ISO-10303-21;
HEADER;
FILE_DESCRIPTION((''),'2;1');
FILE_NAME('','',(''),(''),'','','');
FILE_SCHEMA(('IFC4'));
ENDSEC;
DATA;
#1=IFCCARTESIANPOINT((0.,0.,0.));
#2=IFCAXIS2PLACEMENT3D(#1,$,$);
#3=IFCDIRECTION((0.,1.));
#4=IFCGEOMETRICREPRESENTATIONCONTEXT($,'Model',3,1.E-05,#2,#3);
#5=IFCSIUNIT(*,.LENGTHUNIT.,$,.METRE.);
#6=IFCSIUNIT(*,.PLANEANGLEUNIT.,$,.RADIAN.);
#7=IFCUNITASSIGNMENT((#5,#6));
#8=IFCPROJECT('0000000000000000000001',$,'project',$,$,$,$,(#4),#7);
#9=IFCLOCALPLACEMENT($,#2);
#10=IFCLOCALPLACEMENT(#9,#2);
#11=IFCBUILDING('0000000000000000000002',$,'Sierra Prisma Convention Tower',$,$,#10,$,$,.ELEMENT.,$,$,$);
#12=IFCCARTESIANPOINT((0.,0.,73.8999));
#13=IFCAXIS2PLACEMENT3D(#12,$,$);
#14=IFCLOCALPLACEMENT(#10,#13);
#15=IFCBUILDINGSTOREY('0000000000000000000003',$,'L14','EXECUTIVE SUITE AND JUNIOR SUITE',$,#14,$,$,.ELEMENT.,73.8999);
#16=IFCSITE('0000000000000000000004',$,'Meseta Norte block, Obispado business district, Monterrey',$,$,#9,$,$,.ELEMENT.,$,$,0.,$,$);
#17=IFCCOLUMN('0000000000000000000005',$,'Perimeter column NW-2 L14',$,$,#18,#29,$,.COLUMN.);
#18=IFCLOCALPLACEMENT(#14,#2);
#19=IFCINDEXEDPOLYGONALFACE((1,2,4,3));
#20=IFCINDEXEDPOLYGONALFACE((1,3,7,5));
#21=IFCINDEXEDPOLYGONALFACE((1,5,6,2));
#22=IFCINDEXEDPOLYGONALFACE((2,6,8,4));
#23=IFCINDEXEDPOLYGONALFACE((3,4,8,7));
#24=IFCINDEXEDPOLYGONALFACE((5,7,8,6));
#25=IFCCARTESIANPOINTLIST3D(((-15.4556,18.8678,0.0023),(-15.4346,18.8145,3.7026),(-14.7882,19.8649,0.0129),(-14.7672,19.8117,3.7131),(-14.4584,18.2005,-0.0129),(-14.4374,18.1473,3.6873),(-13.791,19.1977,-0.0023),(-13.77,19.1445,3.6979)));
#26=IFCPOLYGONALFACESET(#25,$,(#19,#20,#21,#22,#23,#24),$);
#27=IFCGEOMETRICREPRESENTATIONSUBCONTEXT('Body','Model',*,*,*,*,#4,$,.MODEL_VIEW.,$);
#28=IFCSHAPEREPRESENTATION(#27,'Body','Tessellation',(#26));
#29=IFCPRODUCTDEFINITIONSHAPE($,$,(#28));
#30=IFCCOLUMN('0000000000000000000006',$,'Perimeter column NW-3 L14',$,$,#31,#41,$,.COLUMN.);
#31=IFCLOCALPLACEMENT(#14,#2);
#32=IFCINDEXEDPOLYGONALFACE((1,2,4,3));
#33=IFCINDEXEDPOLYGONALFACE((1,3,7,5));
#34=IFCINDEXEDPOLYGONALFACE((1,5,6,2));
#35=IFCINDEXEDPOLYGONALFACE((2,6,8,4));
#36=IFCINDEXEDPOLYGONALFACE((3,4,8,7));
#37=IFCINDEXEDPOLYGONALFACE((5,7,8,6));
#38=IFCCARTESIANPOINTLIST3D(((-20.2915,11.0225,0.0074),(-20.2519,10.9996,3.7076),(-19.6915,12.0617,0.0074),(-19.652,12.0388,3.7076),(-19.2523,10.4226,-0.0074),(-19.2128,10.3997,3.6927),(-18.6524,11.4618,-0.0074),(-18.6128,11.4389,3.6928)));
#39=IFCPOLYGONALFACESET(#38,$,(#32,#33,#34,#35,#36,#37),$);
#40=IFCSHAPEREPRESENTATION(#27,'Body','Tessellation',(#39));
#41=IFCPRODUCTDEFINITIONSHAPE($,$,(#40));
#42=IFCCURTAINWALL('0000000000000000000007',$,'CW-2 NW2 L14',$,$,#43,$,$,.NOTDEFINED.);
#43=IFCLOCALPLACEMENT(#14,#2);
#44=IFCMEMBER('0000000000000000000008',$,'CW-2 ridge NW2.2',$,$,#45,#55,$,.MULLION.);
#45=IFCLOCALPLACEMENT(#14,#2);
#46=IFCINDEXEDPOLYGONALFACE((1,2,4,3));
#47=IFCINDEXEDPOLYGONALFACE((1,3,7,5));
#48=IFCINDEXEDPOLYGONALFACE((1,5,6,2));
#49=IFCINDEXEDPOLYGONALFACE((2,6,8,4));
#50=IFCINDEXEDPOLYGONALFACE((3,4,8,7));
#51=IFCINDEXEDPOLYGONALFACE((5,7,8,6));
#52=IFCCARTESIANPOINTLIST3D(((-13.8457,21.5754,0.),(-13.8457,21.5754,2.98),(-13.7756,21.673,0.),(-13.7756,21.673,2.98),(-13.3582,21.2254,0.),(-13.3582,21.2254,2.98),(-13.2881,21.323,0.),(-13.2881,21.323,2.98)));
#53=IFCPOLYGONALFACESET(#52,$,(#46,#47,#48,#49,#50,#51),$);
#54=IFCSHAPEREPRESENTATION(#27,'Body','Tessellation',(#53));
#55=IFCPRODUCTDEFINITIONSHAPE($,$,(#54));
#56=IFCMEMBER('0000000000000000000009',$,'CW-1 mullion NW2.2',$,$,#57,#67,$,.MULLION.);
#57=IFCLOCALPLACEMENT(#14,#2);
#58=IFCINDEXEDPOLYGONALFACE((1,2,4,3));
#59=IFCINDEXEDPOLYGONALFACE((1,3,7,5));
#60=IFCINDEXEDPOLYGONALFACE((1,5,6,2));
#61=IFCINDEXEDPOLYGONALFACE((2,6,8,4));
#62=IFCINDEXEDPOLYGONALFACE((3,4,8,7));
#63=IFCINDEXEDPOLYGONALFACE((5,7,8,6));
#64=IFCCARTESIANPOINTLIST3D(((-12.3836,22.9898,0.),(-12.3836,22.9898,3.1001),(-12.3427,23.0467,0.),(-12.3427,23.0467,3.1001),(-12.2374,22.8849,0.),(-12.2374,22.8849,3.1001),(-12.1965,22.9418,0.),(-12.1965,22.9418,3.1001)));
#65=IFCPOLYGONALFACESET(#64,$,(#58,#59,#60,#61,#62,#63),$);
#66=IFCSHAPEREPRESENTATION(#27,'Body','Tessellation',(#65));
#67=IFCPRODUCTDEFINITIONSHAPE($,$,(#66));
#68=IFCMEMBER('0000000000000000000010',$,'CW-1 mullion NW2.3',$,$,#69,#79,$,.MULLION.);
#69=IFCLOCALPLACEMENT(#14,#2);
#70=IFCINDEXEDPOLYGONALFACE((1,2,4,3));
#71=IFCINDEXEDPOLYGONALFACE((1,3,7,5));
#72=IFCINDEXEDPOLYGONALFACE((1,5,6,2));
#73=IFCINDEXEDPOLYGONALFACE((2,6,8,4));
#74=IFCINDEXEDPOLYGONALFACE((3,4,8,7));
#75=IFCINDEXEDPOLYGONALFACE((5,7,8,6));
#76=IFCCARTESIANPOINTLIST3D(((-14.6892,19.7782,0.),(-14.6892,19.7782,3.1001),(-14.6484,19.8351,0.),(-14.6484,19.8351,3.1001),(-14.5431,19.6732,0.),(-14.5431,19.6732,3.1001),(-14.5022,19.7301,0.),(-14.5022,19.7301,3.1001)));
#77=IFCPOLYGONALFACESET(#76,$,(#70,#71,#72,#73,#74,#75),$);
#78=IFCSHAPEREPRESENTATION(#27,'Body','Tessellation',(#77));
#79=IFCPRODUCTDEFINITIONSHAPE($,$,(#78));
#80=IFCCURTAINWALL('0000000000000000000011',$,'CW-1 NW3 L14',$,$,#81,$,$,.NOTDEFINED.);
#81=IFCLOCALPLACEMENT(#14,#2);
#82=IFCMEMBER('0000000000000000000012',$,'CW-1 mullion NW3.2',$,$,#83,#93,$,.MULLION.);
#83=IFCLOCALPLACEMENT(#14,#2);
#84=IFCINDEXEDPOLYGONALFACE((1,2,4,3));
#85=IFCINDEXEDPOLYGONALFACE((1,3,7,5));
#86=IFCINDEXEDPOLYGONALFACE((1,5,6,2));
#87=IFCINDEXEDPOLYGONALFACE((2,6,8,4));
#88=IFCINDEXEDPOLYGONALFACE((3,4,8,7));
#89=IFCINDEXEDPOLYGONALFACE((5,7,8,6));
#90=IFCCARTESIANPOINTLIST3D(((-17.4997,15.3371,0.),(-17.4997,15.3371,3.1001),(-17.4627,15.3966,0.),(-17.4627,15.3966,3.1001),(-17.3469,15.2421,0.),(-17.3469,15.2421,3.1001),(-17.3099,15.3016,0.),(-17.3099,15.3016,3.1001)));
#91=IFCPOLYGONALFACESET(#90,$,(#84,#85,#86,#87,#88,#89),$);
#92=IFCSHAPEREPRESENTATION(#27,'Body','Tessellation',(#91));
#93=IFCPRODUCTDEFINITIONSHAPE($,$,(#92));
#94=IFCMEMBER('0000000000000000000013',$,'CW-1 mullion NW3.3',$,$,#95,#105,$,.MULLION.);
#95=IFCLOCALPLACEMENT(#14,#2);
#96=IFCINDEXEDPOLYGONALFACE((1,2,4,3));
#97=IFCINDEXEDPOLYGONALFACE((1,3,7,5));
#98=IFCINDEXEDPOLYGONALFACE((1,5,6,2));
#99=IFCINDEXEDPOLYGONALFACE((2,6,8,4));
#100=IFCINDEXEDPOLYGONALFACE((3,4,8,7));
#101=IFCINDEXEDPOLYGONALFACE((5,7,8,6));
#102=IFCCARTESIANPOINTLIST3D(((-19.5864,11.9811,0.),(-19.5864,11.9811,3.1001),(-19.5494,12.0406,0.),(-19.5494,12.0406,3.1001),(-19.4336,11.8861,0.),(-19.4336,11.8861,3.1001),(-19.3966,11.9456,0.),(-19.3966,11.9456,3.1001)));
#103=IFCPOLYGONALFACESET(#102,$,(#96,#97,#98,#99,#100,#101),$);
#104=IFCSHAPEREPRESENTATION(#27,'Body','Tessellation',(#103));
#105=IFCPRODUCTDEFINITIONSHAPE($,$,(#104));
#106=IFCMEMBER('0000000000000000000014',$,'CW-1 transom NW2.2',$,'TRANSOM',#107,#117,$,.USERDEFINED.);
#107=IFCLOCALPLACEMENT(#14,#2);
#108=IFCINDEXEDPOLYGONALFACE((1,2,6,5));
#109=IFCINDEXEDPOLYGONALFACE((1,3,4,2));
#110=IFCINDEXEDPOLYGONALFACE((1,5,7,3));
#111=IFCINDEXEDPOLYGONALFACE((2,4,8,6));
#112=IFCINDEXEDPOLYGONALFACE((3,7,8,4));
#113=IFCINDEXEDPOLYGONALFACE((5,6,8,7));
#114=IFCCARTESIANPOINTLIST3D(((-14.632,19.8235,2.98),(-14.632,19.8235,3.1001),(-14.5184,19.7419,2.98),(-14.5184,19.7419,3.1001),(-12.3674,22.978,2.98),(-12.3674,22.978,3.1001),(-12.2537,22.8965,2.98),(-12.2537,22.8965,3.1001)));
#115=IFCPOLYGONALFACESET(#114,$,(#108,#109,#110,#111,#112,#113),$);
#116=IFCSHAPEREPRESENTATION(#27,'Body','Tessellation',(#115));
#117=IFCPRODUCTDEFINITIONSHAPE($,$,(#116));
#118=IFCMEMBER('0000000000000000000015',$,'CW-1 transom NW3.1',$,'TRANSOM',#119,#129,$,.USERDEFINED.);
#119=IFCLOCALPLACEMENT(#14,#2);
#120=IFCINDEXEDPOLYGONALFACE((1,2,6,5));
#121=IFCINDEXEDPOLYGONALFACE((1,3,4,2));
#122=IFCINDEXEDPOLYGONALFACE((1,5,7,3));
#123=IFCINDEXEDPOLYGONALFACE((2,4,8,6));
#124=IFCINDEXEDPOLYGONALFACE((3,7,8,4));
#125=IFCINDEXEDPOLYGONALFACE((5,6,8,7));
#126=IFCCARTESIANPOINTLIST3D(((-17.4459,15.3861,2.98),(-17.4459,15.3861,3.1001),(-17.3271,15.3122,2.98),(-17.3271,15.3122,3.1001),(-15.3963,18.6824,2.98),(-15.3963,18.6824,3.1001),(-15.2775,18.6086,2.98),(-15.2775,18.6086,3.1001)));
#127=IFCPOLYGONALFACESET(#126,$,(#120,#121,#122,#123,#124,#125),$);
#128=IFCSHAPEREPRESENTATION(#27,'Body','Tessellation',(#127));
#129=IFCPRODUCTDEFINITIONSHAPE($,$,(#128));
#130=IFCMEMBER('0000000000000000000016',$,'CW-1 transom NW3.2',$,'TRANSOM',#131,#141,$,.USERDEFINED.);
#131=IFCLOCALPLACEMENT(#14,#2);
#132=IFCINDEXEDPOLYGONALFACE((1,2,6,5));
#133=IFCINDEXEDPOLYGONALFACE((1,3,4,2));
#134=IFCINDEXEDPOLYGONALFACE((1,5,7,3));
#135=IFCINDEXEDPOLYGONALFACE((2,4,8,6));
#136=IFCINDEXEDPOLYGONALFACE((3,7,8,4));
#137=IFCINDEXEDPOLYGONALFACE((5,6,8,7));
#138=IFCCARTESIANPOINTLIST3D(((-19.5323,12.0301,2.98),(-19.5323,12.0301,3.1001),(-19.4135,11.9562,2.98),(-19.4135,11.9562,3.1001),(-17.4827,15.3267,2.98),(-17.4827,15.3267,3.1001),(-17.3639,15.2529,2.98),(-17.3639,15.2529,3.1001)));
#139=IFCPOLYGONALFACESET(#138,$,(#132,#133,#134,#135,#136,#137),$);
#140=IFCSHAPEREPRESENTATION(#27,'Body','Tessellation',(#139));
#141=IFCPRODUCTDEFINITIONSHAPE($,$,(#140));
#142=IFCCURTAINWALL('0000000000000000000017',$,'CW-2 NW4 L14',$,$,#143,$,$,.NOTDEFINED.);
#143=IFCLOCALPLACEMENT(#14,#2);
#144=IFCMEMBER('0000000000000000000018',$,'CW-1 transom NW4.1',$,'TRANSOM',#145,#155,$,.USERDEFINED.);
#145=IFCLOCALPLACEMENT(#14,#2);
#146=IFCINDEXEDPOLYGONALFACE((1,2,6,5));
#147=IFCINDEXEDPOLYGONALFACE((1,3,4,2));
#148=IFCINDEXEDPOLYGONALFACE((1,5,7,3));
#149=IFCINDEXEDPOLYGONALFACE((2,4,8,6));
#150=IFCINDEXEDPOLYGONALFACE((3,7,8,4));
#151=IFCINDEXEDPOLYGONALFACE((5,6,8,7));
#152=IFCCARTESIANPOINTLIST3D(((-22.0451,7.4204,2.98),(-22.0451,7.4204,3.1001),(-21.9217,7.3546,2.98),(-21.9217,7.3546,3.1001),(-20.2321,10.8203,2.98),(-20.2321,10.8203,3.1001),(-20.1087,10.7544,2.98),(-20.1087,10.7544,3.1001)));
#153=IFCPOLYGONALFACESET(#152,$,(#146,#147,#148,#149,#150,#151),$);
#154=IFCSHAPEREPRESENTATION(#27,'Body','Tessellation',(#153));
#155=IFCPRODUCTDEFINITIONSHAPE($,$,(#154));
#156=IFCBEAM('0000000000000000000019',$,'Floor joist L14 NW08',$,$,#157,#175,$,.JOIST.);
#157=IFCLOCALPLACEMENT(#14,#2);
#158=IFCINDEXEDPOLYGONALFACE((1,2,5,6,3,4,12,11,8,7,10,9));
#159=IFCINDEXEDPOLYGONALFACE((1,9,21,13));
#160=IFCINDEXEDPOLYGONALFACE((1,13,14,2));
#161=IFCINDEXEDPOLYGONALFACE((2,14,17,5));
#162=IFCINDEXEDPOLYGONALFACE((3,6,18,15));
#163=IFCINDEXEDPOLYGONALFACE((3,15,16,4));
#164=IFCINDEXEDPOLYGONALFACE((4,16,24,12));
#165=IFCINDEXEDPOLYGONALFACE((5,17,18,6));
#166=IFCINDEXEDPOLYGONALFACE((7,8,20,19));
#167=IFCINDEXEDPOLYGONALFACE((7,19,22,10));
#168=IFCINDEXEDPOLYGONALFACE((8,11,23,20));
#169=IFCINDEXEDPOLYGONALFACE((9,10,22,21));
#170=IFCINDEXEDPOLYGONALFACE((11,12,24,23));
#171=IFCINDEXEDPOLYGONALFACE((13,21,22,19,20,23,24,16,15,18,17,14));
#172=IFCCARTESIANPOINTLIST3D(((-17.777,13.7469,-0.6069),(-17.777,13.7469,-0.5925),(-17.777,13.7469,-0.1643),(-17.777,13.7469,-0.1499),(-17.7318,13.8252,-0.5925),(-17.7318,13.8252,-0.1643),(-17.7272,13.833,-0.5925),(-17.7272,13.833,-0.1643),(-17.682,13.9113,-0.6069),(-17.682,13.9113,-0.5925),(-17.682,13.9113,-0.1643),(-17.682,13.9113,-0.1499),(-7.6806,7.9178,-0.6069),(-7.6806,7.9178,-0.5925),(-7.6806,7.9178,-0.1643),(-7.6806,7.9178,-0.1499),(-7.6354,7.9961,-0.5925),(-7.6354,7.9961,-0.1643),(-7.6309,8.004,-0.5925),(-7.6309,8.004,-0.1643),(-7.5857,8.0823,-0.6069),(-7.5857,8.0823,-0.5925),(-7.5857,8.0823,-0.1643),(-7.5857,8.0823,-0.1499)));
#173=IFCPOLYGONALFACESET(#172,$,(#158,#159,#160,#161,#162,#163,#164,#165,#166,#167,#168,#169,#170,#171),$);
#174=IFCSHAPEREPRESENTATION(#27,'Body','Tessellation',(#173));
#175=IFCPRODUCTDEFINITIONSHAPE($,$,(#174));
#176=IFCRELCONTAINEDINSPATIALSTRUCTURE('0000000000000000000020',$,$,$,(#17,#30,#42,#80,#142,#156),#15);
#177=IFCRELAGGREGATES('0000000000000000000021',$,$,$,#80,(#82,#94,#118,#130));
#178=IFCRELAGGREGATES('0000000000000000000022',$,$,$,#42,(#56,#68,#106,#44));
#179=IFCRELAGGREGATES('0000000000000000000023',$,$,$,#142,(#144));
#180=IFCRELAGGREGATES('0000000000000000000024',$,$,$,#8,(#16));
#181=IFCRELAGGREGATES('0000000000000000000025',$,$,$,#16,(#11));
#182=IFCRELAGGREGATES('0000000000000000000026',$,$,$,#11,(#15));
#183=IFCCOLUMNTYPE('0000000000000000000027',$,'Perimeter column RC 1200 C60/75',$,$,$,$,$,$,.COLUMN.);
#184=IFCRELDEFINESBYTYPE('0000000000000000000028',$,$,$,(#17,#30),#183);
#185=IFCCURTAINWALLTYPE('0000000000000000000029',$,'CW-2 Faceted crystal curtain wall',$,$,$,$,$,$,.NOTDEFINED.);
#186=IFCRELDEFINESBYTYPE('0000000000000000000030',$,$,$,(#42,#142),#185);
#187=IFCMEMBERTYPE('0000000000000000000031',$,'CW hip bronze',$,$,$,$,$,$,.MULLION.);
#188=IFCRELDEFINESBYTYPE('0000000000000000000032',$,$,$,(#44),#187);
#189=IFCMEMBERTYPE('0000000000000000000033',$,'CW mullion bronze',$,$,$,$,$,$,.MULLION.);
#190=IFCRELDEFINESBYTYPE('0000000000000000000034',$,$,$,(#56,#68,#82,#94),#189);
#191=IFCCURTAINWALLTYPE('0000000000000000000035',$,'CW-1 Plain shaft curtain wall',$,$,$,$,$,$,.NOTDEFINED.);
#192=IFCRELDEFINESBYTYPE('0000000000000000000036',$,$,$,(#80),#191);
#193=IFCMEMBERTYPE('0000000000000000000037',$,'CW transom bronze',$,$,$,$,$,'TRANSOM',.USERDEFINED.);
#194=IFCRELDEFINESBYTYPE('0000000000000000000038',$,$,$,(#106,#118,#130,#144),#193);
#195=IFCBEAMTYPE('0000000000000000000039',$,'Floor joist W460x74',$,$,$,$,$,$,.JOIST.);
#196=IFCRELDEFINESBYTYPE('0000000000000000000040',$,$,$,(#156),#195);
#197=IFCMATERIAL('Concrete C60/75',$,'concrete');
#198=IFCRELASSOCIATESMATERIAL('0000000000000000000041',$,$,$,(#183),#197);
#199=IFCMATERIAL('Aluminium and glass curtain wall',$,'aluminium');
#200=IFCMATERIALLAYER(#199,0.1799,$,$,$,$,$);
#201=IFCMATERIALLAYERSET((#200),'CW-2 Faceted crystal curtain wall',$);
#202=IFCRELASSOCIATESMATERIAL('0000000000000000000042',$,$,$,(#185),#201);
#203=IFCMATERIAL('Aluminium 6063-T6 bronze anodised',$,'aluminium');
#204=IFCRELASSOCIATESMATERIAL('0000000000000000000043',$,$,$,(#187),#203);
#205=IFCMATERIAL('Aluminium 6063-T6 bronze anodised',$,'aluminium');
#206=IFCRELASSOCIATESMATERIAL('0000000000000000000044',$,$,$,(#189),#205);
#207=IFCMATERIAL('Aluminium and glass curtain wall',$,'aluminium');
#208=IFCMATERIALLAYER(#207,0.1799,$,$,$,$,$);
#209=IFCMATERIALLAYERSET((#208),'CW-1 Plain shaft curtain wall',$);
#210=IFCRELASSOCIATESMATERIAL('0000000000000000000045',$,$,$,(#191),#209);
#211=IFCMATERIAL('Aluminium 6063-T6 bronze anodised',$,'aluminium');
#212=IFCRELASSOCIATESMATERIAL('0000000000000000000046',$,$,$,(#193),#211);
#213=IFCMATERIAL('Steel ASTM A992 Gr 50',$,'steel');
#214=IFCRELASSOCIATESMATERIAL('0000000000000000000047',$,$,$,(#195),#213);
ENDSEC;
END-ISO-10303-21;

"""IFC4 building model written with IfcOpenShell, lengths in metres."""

from ifc_helpers import new_model, si_unit, direction, frame, origin, origin_2d, place, context, subcontext, project, spatial, rectangle, i_section, extrude, material, layer, layer_set, material_profile, profile_set, type_object, element, aggregate, save


model = new_model("IFC4")

# Units and contexts
model_context = context("Model", 3, precision=1e-05, world=origin(), true_north=direction((0.0, 1.0)))
body_context = subcontext(model_context, "Body", "Model", "MODEL_VIEW")
ifc_project = project(units=[si_unit("LENGTHUNIT", "METRE"), si_unit("PLANEANGLEUNIT", "RADIAN")], contexts=[model_context])

# Site, building, storey
site_placement = place(None, origin())
site = spatial("IfcSite", under=ifc_project, at=site_placement, Name="Meseta Norte block, Obispado business district, Monterrey", CompositionType="ELEMENT", RefElevation=0.0)
building_placement = place(site_placement, origin())
building = spatial("IfcBuilding", under=site, at=building_placement, Name="Sierra Prisma Convention Tower", CompositionType="ELEMENT")
storey_placement = place(building_placement, frame((0.0, 0.0, 73.8999)))
storey = spatial("IfcBuildingStorey", under=building, at=storey_placement, Name="L14", Description="EXECUTIVE SUITE AND JUNIOR SUITE", CompositionType="ELEMENT", Elevation=73.8999)

# Columns
ifc_material_1 = material(Name="Concrete C60/75", Category="concrete")
ifc_material_profile_1 = material_profile(ifc_material_1, rectangle(XDim=1.2, YDim=1.2, at=origin_2d()), Name="Perimeter column RC 1200 C60/75")
ifc_profile_set_1 = profile_set([ifc_material_profile_1], Name="Concrete C60/75")
column_type = type_object("IfcColumnType", Name="Perimeter column RC 1200 C60/75", PredefinedType="COLUMN", material=ifc_profile_set_1)
column_1_placement = place(storey_placement, frame((-14.6233, 19.0327, 0.0), z_axis=(0.005674, -0.014382, 0.99988), x_axis=(0.556182, 0.831014, 0.008797)))
element("IfcColumn", 1, at=column_1_placement, inside=storey, type_object=column_type, Name="Perimeter column NW-2 L14", PredefinedType="COLUMN", context=body_context, shape_type="SweptSolid", body=[
    extrude(rectangle(XDim=1.2, YDim=1.2, at=origin_2d()), origin(), (0.0, 0.0, 1.0), 3.7007),
])
column_2_placement = place(storey_placement, frame((-19.4719, 11.2422, 0.0), z_axis=(0.010688, -0.006202, 0.999924), x_axis=(0.499971, 0.866042, 0.000027)))
element("IfcColumn", 2, at=column_2_placement, inside=storey, type_object=column_type, Name="Perimeter column NW-3 L14", PredefinedType="COLUMN", context=body_context, shape_type="SweptSolid", body=[
    extrude(rectangle(XDim=1.2, YDim=1.2, at=origin_2d()), origin(), (0.0, 0.0, 1.0), 3.7004),
])

# Curtain walls, members
ifc_material_2 = material(Name="Aluminium and glass curtain wall", Category="aluminium")
ifc_layer_1 = layer(ifc_material_2, 0.1799)
ifc_layer_set_1 = layer_set([ifc_layer_1], Name="CW-2 Faceted crystal curtain wall")
curtain_wall_type_1 = type_object("IfcCurtainWallType", Name="CW-2 Faceted crystal curtain wall", PredefinedType="NOTDEFINED", material=ifc_layer_set_1)
curtain_wall_1_placement = place(storey_placement, origin())
curtain_wall_1 = element("IfcCurtainWall", 3, at=curtain_wall_1_placement, inside=storey, type_object=curtain_wall_type_1, Name="CW-2 NW2 L14", PredefinedType="NOTDEFINED")
ifc_material_3 = material(Name="Aluminium 6063-T6 bronze anodised", Category="aluminium")
ifc_material_profile_2 = material_profile(ifc_material_3, rectangle(XDim=0.1201, YDim=0.6001, at=origin_2d()), Name="ALU RIDGE BLADE 120x600")
ifc_profile_set_2 = profile_set([ifc_material_profile_2], Name="Aluminium 6063-T6 bronze anodised")
member_type_1 = type_object("IfcMemberType", Name="CW hip bronze", PredefinedType="MULLION", material=ifc_profile_set_2)
member_1_placement = place(storey_placement, frame((-13.5669, 21.4492, 0.0), z_axis=(0.0, 0.0, 1.0), x_axis=(-0.583174, -0.812348, 0.0)))
member_1 = element("IfcMember", 4, at=member_1_placement, type_object=member_type_1, Name="CW-2 ridge NW2.2", PredefinedType="MULLION", context=body_context, shape_type="SweptSolid", body=[
    extrude(rectangle(XDim=0.1201, YDim=0.6001, at=origin_2d()), origin(), (0.0, 0.0, 1.0), 2.98),
])
ifc_material_4 = material(Name="Aluminium 6063-T6 bronze anodised", Category="aluminium")
ifc_material_profile_3 = material_profile(ifc_material_4, rectangle(XDim=0.1799, YDim=0.0701, at=origin_2d()), Name="ALU MULLION 70x180")
ifc_profile_set_3 = profile_set([ifc_material_profile_3], Name="Aluminium 6063-T6 bronze anodised")
member_type_2 = type_object("IfcMemberType", Name="CW mullion bronze", PredefinedType="MULLION", material=ifc_profile_set_3)
member_2_placement = place(storey_placement, frame((-12.29, 22.9658, 0.0), z_axis=(0.0, 0.0, 1.0), x_axis=(0.812348, -0.583174, 0.0)))
member_2 = element("IfcMember", 5, at=member_2_placement, type_object=member_type_2, Name="CW-1 mullion NW2.2", PredefinedType="MULLION", context=body_context, shape_type="SweptSolid", body=[
    extrude(rectangle(XDim=0.1799, YDim=0.0701, at=origin_2d()), origin(), (0.0, 0.0, 1.0), 3.1001),
])
member_3_placement = place(storey_placement, frame((-14.5957, 19.7542, 0.0), z_axis=(0.0, 0.0, 1.0), x_axis=(0.812348, -0.583174, 0.0)))
member_3 = element("IfcMember", 6, at=member_3_placement, type_object=member_type_2, Name="CW-1 mullion NW2.3", PredefinedType="MULLION", context=body_context, shape_type="SweptSolid", body=[
    extrude(rectangle(XDim=0.1799, YDim=0.0701, at=origin_2d()), origin(), (0.0, 0.0, 1.0), 3.1001),
])
ifc_material_5 = material(Name="Aluminium and glass curtain wall", Category="aluminium")
ifc_layer_2 = layer(ifc_material_5, 0.1799)
ifc_layer_set_2 = layer_set([ifc_layer_2], Name="CW-1 Plain shaft curtain wall")
curtain_wall_type_2 = type_object("IfcCurtainWallType", Name="CW-1 Plain shaft curtain wall", PredefinedType="NOTDEFINED", material=ifc_layer_set_2)
curtain_wall_2_placement = place(storey_placement, origin())
curtain_wall_2 = element("IfcCurtainWall", 7, at=curtain_wall_2_placement, inside=storey, type_object=curtain_wall_type_2, Name="CW-1 NW3 L14", PredefinedType="NOTDEFINED")
member_4_placement = place(storey_placement, frame((-17.4048, 15.3193, 0.0), z_axis=(0.0, 0.0, 1.0), x_axis=(0.849237, -0.528011, 0.0)))
member_4 = element("IfcMember", 8, at=member_4_placement, type_object=member_type_2, Name="CW-1 mullion NW3.2", PredefinedType="MULLION", context=body_context, shape_type="SweptSolid", body=[
    extrude(rectangle(XDim=0.1799, YDim=0.0701, at=origin_2d()), origin(), (0.0, 0.0, 1.0), 3.1001),
])
member_5_placement = place(storey_placement, frame((-19.4915, 11.9634, 0.0), z_axis=(0.0, 0.0, 1.0), x_axis=(0.849237, -0.528011, 0.0)))
member_5 = element("IfcMember", 9, at=member_5_placement, type_object=member_type_2, Name="CW-1 mullion NW3.3", PredefinedType="MULLION", context=body_context, shape_type="SweptSolid", body=[
    extrude(rectangle(XDim=0.1799, YDim=0.0701, at=origin_2d()), origin(), (0.0, 0.0, 1.0), 3.1001),
])

# Members
ifc_material_6 = material(Name="Aluminium 6063-T6 bronze anodised", Category="aluminium")
ifc_material_profile_4 = material_profile(ifc_material_6, rectangle(XDim=0.1399, YDim=0.1201, at=origin_2d()), Name="ALU TRANSOM 120x140")
ifc_profile_set_4 = profile_set([ifc_material_profile_4], Name="Aluminium 6063-T6 bronze anodised")
member_type_3 = type_object("IfcMemberType", Name="CW transom bronze", ElementType="TRANSOM", PredefinedType="USERDEFINED", material=ifc_profile_set_4)
member_6_placement = place(storey_placement, frame((-12.3105, 22.9373, 3.04), z_axis=(-0.583181, -0.812342, 0.0), x_axis=(0.812342, -0.583181, 0.0)))
member_6 = element("IfcMember", 10, at=member_6_placement, type_object=member_type_3, Name="CW-1 transom NW2.2", ObjectType="TRANSOM", PredefinedType="USERDEFINED", context=body_context, shape_type="SweptSolid", body=[
    extrude(rectangle(XDim=0.1399, YDim=0.1201, at=origin_2d()), origin(), (0.0, 0.0, 1.0), 3.8833),
])
member_7_placement = place(storey_placement, frame((-15.3369, 18.6455, 3.04), z_axis=(-0.528019, -0.849233, 0.0), x_axis=(0.849233, -0.528019, 0.0)))
member_7 = element("IfcMember", 11, at=member_7_placement, type_object=member_type_3, Name="CW-1 transom NW3.1", ObjectType="TRANSOM", PredefinedType="USERDEFINED", context=body_context, shape_type="SweptSolid", body=[
    extrude(rectangle(XDim=0.1399, YDim=0.1201, at=origin_2d()), origin(), (0.0, 0.0, 1.0), 3.8816),
])
member_8_placement = place(storey_placement, frame((-17.4233, 15.2898, 3.04), z_axis=(-0.527991, -0.84925, 0.0), x_axis=(0.84925, -0.527991, 0.0)))
member_8 = element("IfcMember", 12, at=member_8_placement, type_object=member_type_3, Name="CW-1 transom NW3.2", ObjectType="TRANSOM", PredefinedType="USERDEFINED", context=body_context, shape_type="SweptSolid", body=[
    extrude(rectangle(XDim=0.1399, YDim=0.1201, at=origin_2d()), origin(), (0.0, 0.0, 1.0), 3.8818),
])

# Curtain wall, member
curtain_wall_3_placement = place(storey_placement, origin())
curtain_wall_3 = element("IfcCurtainWall", 13, at=curtain_wall_3_placement, inside=storey, type_object=curtain_wall_type_1, Name="CW-2 NW4 L14", PredefinedType="NOTDEFINED")
member_9_placement = place(storey_placement, frame((-20.1704, 10.7874, 3.04), z_axis=(-0.470529, -0.882385, 0.0), x_axis=(0.882385, -0.470529, 0.0)))
member_9 = element("IfcMember", 14, at=member_9_placement, type_object=member_type_3, Name="CW-1 transom NW4.1", ObjectType="TRANSOM", PredefinedType="USERDEFINED", context=body_context, shape_type="SweptSolid", body=[
    extrude(rectangle(XDim=0.1399, YDim=0.1201, at=origin_2d()), origin(), (0.0, 0.0, 1.0), 3.853),
])

# Beam
ifc_material_7 = material(Name="Steel ASTM A992 Gr 50", Category="steel")
ifc_material_profile_5 = material_profile(ifc_material_7, i_section(OverallWidth=0.1899, OverallDepth=0.457, WebThickness=0.009, FlangeThickness=0.0144, at=origin_2d()), Name="W460x74")
ifc_profile_set_5 = profile_set([ifc_material_profile_5], Name="Steel ASTM A992 Gr 50")
beam_type_1 = type_object("IfcBeamType", Name="Floor joist W460x74", PredefinedType="JOIST", material=ifc_profile_set_5)
beam_1_placement = place(storey_placement, frame((-17.7295, 13.8291, -0.3784), z_axis=(0.866028, -0.499995, 0.0), x_axis=(0.499995, 0.866028, 0.0)))
element("IfcBeam", 15, at=beam_1_placement, inside=storey, type_object=beam_type_1, Name="Floor joist L14 NW08", PredefinedType="JOIST", context=body_context, shape_type="SweptSolid", body=[
    extrude(i_section(OverallWidth=0.1899, OverallDepth=0.457, WebThickness=0.009, FlangeThickness=0.0144, at=origin_2d()), origin(), (0.0, 0.0, 1.0), 11.6582),
])

aggregate(curtain_wall_2, [member_4, member_5, member_7, member_8])
aggregate(curtain_wall_1, [member_2, member_3, member_6, member_1])
aggregate(curtain_wall_3, [member_9])

save(model, "model.ifc")
